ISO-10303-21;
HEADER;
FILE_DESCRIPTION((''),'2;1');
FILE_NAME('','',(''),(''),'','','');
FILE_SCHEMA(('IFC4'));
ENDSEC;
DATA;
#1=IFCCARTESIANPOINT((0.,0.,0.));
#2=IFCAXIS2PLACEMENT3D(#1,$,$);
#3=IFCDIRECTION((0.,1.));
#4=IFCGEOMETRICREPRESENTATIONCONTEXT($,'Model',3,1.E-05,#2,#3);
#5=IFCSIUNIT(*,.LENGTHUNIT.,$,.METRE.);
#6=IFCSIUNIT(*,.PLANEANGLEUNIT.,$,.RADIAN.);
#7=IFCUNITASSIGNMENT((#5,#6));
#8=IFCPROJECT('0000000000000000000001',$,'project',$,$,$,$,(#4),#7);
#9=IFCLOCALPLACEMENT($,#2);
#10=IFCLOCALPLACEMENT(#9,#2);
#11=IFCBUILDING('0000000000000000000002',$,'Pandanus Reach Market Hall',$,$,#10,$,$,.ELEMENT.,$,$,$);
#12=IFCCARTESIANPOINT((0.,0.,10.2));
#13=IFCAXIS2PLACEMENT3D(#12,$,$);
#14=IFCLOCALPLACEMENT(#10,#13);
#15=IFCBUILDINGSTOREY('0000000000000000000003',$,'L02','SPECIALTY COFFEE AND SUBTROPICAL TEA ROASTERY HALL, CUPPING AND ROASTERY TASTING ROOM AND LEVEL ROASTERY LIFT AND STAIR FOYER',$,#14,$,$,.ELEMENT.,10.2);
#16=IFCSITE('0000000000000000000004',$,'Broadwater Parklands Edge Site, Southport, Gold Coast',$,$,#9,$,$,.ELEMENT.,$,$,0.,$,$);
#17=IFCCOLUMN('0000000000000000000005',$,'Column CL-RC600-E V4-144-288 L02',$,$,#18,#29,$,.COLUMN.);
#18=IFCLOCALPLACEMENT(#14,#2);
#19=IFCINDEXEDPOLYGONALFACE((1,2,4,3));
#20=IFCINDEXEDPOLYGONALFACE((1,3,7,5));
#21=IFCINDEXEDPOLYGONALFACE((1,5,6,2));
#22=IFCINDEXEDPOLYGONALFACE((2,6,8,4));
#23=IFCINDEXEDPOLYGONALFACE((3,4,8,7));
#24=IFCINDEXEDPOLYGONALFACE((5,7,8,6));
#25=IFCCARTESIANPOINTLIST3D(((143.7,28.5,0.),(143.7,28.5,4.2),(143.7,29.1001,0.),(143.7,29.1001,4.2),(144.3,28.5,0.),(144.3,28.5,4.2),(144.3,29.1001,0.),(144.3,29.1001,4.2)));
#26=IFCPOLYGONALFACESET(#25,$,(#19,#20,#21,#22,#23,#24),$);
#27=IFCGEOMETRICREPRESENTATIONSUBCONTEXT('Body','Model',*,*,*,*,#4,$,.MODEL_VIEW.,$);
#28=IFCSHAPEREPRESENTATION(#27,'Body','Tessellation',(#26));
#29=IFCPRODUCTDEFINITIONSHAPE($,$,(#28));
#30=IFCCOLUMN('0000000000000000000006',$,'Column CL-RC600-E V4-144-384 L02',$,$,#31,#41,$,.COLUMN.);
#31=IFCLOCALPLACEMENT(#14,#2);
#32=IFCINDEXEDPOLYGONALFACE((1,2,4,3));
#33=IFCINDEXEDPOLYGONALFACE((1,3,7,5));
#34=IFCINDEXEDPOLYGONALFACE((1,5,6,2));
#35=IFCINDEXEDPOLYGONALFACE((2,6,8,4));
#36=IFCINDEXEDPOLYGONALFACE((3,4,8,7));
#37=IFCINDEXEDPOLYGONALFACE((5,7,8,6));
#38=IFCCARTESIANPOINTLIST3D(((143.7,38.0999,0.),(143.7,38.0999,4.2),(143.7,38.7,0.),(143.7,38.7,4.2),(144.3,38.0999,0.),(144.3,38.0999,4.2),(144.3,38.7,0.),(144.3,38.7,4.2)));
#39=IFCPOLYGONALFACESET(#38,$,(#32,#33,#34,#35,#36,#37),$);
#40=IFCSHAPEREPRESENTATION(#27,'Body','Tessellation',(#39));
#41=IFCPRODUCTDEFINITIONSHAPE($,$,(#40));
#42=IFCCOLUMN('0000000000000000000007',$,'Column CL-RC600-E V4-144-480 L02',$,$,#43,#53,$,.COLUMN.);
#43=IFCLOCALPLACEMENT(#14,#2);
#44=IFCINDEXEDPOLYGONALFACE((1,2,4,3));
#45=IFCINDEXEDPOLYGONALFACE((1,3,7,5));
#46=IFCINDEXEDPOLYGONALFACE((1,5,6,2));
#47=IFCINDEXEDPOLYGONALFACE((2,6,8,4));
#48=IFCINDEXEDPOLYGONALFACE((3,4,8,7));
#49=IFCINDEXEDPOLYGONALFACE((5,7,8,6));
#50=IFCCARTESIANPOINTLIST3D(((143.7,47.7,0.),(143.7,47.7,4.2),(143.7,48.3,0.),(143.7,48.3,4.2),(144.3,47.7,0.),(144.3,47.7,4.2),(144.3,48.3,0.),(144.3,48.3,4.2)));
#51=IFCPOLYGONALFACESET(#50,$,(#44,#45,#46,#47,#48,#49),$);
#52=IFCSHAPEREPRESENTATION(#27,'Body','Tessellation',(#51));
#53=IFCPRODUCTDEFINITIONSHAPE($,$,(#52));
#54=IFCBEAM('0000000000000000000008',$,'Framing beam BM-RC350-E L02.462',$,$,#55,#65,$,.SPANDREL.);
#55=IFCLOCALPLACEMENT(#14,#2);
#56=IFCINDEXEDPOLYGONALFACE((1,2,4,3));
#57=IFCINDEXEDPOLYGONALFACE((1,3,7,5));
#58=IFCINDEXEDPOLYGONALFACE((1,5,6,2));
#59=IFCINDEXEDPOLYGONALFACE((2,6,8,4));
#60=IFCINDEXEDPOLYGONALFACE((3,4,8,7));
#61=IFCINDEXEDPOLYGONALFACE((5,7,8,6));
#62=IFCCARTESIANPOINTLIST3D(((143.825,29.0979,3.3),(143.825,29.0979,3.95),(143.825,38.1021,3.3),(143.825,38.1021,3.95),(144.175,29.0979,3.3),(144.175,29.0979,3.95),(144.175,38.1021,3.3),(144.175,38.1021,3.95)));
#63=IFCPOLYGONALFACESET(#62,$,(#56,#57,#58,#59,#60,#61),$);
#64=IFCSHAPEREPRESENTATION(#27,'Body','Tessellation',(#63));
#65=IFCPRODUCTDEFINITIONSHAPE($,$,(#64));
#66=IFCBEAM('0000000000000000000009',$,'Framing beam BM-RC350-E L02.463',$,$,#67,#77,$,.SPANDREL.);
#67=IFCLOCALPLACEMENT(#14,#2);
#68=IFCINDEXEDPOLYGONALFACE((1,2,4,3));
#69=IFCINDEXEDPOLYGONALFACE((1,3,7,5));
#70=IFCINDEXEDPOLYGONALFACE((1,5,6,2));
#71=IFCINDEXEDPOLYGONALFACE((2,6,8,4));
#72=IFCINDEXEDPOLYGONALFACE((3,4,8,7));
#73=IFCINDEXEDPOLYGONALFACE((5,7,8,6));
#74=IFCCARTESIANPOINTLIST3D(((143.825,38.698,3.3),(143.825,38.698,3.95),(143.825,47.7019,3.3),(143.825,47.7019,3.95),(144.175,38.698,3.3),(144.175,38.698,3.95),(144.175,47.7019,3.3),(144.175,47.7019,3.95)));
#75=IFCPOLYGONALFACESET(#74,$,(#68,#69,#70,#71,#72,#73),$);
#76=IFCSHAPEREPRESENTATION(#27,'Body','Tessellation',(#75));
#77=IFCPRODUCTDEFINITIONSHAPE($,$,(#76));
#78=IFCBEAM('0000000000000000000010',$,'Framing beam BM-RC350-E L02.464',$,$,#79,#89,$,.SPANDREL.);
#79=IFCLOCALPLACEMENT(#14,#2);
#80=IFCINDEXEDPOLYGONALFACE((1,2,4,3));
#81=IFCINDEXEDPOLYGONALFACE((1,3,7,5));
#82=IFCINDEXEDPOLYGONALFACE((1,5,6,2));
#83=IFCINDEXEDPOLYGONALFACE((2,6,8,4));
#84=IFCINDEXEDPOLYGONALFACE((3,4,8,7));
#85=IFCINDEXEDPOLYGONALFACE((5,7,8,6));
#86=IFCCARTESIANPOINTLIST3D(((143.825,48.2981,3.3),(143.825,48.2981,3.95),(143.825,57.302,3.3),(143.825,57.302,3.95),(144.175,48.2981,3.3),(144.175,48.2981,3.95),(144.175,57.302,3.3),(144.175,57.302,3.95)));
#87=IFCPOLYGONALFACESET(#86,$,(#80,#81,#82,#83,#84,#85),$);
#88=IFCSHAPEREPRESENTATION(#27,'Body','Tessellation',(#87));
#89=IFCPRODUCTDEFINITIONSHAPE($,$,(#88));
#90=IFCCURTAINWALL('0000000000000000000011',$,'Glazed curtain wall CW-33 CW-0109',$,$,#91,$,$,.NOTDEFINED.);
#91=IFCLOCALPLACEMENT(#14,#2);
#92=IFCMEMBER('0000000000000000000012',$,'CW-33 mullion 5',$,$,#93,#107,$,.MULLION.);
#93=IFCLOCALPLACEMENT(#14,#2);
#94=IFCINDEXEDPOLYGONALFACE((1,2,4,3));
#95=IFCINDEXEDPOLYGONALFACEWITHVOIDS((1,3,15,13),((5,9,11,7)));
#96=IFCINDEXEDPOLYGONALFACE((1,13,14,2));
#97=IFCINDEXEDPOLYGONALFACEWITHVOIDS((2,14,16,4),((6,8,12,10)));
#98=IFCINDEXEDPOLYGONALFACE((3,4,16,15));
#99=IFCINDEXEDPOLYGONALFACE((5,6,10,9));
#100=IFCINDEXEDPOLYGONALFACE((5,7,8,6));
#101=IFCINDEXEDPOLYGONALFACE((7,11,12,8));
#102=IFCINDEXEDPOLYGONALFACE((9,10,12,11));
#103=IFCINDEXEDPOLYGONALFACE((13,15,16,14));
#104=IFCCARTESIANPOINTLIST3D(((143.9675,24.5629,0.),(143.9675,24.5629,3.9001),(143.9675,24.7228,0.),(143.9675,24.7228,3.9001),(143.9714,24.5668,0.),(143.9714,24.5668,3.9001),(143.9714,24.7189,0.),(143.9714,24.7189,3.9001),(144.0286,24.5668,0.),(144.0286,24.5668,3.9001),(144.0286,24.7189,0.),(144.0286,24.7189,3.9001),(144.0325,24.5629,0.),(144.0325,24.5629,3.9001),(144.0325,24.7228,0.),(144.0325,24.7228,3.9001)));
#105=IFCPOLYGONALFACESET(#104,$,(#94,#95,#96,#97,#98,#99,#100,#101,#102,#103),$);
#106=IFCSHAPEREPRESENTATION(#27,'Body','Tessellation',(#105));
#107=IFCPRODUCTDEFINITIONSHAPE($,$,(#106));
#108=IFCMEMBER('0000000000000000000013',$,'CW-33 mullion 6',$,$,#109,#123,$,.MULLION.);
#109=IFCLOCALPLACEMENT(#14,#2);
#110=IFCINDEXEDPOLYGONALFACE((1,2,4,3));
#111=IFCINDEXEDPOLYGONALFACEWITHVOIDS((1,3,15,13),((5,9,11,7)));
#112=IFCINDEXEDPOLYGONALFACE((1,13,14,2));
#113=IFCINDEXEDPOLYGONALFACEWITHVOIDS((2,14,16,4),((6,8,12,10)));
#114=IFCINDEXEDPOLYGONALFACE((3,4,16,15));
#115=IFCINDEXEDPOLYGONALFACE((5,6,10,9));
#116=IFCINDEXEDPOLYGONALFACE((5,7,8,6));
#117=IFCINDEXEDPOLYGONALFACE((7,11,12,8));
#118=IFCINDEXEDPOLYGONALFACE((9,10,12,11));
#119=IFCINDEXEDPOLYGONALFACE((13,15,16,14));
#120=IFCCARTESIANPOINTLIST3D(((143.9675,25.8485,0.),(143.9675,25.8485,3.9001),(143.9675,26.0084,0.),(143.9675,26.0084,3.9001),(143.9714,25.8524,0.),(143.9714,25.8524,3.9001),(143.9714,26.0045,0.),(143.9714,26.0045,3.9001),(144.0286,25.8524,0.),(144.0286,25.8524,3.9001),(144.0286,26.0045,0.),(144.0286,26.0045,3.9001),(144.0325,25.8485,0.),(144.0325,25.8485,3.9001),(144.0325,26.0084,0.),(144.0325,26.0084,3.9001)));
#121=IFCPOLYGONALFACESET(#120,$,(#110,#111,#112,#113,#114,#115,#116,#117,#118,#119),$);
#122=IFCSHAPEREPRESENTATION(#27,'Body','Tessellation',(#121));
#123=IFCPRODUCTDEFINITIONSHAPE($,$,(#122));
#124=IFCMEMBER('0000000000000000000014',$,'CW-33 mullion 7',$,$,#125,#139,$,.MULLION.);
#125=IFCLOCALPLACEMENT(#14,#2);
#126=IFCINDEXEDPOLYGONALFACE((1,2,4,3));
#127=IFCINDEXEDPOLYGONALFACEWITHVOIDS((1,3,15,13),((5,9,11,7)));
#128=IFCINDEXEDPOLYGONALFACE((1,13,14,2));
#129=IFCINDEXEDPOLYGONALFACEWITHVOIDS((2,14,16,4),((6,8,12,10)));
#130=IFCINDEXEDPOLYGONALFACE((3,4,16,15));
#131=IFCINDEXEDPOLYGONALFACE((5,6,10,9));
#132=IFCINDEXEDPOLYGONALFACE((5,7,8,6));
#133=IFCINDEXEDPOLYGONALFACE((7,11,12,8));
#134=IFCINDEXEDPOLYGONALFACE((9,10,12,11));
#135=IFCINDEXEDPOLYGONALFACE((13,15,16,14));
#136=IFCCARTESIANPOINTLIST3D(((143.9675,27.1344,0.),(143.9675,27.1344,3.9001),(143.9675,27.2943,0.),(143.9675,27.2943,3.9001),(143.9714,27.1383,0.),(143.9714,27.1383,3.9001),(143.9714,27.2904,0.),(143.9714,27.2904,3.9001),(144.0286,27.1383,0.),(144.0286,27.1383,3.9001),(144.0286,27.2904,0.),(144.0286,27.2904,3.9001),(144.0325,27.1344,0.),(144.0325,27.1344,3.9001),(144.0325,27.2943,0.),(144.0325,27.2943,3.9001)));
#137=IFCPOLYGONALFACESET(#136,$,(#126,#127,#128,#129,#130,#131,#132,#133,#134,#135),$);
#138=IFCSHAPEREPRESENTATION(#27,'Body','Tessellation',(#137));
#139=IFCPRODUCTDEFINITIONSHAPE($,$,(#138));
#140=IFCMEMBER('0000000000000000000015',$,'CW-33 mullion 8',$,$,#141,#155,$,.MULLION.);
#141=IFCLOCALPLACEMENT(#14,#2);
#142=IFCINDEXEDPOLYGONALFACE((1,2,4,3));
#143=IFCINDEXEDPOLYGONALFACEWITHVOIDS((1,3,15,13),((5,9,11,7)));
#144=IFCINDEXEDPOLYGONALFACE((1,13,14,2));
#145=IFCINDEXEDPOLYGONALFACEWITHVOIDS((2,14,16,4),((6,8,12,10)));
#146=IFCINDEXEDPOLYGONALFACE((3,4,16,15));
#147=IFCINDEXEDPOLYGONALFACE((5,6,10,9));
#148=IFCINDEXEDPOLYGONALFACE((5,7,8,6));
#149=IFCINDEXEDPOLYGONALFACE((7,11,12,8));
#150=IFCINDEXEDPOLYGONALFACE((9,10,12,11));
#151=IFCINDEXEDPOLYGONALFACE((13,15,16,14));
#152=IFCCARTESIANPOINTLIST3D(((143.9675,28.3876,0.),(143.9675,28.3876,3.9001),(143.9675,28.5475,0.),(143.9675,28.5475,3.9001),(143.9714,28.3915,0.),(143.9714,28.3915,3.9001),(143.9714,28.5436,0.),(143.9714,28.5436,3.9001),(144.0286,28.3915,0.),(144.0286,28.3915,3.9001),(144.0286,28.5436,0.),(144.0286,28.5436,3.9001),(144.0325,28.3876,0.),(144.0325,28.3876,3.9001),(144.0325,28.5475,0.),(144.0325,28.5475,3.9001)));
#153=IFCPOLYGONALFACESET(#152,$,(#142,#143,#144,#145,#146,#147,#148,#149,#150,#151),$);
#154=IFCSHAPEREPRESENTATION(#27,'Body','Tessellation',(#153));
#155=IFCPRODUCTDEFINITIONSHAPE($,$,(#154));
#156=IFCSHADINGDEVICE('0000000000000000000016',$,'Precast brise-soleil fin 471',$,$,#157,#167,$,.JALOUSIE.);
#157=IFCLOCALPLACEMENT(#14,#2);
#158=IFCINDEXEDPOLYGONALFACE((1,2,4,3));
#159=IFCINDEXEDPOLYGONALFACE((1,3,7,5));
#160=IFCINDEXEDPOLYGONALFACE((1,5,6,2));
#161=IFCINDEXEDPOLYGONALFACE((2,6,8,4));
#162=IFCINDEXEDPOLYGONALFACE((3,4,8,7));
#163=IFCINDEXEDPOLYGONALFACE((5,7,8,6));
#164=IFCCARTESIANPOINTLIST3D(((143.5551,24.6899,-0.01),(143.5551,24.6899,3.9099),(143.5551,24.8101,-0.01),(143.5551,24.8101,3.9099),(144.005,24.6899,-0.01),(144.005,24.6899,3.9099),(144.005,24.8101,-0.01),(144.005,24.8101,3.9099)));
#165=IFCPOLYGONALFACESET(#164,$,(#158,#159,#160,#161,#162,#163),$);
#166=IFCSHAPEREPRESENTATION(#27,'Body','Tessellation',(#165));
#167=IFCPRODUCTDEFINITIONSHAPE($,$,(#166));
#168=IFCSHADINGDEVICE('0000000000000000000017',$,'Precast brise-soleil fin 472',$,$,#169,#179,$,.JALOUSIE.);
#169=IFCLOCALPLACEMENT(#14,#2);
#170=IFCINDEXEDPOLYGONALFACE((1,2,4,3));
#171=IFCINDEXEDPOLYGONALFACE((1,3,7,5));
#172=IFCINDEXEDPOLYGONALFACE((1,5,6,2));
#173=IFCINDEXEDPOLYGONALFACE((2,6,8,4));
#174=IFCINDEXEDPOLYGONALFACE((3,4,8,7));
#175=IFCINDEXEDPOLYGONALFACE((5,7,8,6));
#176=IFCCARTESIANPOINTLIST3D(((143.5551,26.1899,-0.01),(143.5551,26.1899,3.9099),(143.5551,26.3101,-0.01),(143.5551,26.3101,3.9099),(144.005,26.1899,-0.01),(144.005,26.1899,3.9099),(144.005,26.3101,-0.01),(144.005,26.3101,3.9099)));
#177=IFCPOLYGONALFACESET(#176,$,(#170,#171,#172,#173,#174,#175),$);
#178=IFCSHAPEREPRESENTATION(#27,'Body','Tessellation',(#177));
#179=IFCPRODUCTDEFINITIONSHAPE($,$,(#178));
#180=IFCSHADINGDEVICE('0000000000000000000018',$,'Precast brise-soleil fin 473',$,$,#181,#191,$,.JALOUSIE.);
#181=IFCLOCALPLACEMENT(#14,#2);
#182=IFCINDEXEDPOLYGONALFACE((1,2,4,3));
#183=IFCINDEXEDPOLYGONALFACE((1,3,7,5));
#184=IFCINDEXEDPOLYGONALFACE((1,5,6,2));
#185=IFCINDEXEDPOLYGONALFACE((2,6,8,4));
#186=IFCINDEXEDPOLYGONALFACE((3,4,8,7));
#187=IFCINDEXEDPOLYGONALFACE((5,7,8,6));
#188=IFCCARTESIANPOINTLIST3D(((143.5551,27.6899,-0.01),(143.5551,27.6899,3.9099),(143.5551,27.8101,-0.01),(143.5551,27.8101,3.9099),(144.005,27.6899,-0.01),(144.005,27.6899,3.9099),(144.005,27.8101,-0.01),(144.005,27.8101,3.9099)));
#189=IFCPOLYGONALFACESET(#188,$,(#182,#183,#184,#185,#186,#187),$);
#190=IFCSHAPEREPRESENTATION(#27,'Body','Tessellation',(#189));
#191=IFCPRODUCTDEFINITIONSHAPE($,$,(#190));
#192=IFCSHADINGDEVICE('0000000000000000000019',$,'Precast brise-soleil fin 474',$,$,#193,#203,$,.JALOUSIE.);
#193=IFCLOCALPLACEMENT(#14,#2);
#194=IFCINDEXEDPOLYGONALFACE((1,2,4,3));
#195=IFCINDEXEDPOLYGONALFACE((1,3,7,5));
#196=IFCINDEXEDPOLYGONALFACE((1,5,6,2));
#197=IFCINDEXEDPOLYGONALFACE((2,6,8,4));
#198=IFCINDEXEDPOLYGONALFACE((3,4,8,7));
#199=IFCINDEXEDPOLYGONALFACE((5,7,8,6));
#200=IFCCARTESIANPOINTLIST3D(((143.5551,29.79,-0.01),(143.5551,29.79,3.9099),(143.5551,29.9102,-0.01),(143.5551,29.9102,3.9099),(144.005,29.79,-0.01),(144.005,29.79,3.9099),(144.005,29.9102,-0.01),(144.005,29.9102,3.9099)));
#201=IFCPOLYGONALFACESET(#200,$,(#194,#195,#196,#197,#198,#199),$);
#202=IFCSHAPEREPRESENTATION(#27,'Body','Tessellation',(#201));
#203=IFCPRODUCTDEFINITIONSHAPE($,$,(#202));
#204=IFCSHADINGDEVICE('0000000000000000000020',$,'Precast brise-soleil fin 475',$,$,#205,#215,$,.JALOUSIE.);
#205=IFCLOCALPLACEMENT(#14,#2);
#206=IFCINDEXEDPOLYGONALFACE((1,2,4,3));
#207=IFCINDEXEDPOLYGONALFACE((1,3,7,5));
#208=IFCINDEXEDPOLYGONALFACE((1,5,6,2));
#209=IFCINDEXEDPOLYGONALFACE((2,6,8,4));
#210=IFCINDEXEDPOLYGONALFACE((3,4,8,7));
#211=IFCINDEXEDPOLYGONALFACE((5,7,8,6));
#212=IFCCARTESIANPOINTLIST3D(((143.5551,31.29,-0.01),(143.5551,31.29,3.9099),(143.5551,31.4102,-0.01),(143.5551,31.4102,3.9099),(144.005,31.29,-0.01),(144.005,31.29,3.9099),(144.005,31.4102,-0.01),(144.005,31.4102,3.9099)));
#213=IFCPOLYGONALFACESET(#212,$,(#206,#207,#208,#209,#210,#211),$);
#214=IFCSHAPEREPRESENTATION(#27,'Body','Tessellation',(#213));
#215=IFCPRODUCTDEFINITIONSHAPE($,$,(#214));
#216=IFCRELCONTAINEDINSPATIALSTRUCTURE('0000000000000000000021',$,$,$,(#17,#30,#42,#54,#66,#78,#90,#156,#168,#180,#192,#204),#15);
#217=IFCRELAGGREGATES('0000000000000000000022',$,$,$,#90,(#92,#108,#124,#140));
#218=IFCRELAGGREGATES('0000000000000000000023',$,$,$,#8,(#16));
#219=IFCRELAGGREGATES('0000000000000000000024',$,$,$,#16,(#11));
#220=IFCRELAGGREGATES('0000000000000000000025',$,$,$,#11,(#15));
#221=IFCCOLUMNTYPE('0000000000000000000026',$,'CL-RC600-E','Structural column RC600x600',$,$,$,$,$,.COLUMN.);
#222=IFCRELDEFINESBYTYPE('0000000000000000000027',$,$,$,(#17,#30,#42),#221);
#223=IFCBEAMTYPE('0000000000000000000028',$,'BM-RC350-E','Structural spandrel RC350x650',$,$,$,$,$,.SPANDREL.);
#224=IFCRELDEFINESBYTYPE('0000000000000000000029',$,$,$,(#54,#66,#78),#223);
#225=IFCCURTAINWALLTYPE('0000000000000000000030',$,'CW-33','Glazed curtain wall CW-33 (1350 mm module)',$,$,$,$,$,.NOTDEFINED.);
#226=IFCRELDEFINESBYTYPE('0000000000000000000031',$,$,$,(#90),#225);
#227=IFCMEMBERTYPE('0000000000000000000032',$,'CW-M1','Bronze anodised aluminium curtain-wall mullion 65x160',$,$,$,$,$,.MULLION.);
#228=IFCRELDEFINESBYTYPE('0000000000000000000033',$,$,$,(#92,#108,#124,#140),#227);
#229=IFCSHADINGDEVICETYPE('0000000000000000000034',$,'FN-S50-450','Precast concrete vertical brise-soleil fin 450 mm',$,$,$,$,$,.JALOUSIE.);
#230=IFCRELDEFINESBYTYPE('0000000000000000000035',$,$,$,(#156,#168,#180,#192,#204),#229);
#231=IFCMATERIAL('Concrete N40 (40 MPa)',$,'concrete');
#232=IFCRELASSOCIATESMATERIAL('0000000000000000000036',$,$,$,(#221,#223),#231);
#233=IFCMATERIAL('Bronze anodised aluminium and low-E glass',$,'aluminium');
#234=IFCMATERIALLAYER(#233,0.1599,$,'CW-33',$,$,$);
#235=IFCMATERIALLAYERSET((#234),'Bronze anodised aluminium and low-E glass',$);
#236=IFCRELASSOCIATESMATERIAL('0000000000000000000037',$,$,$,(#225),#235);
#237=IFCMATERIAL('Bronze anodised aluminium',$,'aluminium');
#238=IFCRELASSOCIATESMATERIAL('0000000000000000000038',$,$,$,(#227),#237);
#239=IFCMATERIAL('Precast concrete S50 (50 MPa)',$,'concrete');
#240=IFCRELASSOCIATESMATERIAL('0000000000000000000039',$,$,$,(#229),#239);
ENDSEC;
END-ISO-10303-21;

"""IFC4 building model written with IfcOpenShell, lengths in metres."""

from ifc_helpers import new_model, si_unit, direction, frame, origin, origin_2d, place, context, subcontext, project, spatial, rectangle, hollow_rectangle, extrude, material, layer, layer_set, material_profile, profile_set, type_object, element, aggregate, save


model = new_model("IFC4")

# Units and contexts
model_context = context("Model", 3, precision=1e-05, world=origin(), true_north=direction((0.0, 1.0)))
body_context = subcontext(model_context, "Body", "Model", "MODEL_VIEW")
ifc_project = project(units=[si_unit("LENGTHUNIT", "METRE"), si_unit("PLANEANGLEUNIT", "RADIAN")], contexts=[model_context])

# Site, building, storey
site_placement = place(None, origin())
site = spatial("IfcSite", under=ifc_project, at=site_placement, Name="Broadwater Parklands Edge Site, Southport, Gold Coast", CompositionType="ELEMENT", RefElevation=0.0)
building_placement = place(site_placement, origin())
building = spatial("IfcBuilding", under=site, at=building_placement, Name="Pandanus Reach Market Hall", CompositionType="ELEMENT")
storey_placement = place(building_placement, frame((0.0, 0.0, 10.2)))
storey = spatial("IfcBuildingStorey", under=building, at=storey_placement, Name="L02", Description="SPECIALTY COFFEE AND SUBTROPICAL TEA ROASTERY HALL, CUPPING AND ROASTERY TASTING ROOM AND LEVEL ROASTERY LIFT AND STAIR FOYER", CompositionType="ELEMENT", Elevation=10.2)

# Columns
ifc_material_1 = material(Name="Concrete N40 (40 MPa)", Category="concrete")
ifc_material_profile_1 = material_profile(ifc_material_1, rectangle(XDim=0.6001, YDim=0.6001, at=origin_2d()), Name="RC600x600", Category="LoadBearing")
ifc_profile_set_1 = profile_set([ifc_material_profile_1], Name="Concrete N40 (40 MPa)")
column_type = type_object("IfcColumnType", Name="CL-RC600-E", Description="Structural column RC600x600", PredefinedType="COLUMN", material=ifc_profile_set_1)
for number, where, z_axis, x_axis, name in (
    (1, (144.0, 28.8, 0.0), (0.0, 0.0, 1.0), (1.0, 0.0, 0.0), "Column CL-RC600-E V4-144-288 L02"),
    (2, (144.0, 38.3999, 0.0), (0.0, 0.0, 1.0), (1.0, 0.0, 0.0), "Column CL-RC600-E V4-144-384 L02"),
    (3, (144.0, 48.0, 0.0), (0.0, 0.0, 1.0), (1.0, 0.0, 0.0), "Column CL-RC600-E V4-144-480 L02"),
):
    element("IfcColumn", number, at=place(storey_placement, frame(where, z_axis=z_axis, x_axis=x_axis)), inside=storey, type_object=column_type, Name=name, PredefinedType="COLUMN", context=body_context, shape_type="SweptSolid", body=[
        extrude(rectangle(XDim=0.6001, YDim=0.6001, at=origin_2d()), origin(), (0.0, 0.0, 1.0), 4.2),
    ])

# Beams
ifc_material_profile_2 = material_profile(ifc_material_1, rectangle(XDim=0.3501, YDim=0.6499, at=origin_2d()), Name="RC350x650", Category="LoadBearing")
ifc_profile_set_2 = profile_set([ifc_material_profile_2], Name="Concrete N40 (40 MPa)")
beam_type = type_object("IfcBeamType", Name="BM-RC350-E", Description="Structural spandrel RC350x650", PredefinedType="SPANDREL", material=ifc_profile_set_2)
beam_placement = place(storey_placement, frame((144.0, 29.0979, 3.625), z_axis=(0.0, 1.0, 0.0), x_axis=(-1.0, 0.0, 0.0)))
element("IfcBeam", 4, at=beam_placement, inside=storey, type_object=beam_type, Name="Framing beam BM-RC350-E L02.462", PredefinedType="SPANDREL", context=body_context, shape_type="SweptSolid", body=[
    extrude(rectangle(XDim=0.3501, YDim=0.6499, at=origin_2d()), origin(), (0.0, 0.0, 1.0), 9.0042),
])
for number, where, z_axis, x_axis, name in (
    (5, (144.0, 38.698, 3.625), (0.0, 1.0, 0.0), (-1.0, 0.0, 0.0), "Framing beam BM-RC350-E L02.463"),
    (6, (144.0, 48.2981, 3.625), (0.0, 1.0, 0.0), (-1.0, 0.0, 0.0), "Framing beam BM-RC350-E L02.464"),
):
    element("IfcBeam", number, at=place(storey_placement, frame(where, z_axis=z_axis, x_axis=x_axis)), inside=storey, type_object=beam_type, Name=name, PredefinedType="SPANDREL", context=body_context, shape_type="SweptSolid", body=[
        extrude(rectangle(XDim=0.3501, YDim=0.6499, at=origin_2d()), origin(), (0.0, 0.0, 1.0), 9.0039),
    ])

# Curtain wall, members
ifc_material_2 = material(Name="Bronze anodised aluminium and low-E glass", Category="aluminium")
ifc_layer = layer(ifc_material_2, 0.1599, Name="CW-33")
ifc_layer_set = layer_set([ifc_layer], Name="Bronze anodised aluminium and low-E glass")
curtain_wall_type = type_object("IfcCurtainWallType", Name="CW-33", Description="Glazed curtain wall CW-33 (1350 mm module)", PredefinedType="NOTDEFINED", material=ifc_layer_set)
curtain_wall_placement = place(storey_placement, origin())
curtain_wall = element("IfcCurtainWall", 7, at=curtain_wall_placement, inside=storey, type_object=curtain_wall_type, Name="Glazed curtain wall CW-33 CW-0109", PredefinedType="NOTDEFINED")
ifc_material_3 = material(Name="Bronze anodised aluminium", Category="aluminium")
ifc_material_profile_3 = material_profile(ifc_material_3, hollow_rectangle(XDim=0.0649, YDim=0.1599, WallThickness=0.0039, at=origin_2d()), Name="ALU65x160", Category="LoadBearing")
ifc_profile_set_3 = profile_set([ifc_material_profile_3], Name="Bronze anodised aluminium")
member_type = type_object("IfcMemberType", Name="CW-M1", Description="Bronze anodised aluminium curtain-wall mullion 65x160", PredefinedType="MULLION", material=ifc_profile_set_3)
member_1_placement = place(storey_placement, frame((144.0, 24.6428, 0.0), z_axis=(0.0, 0.0, 1.0), x_axis=(-1.0, 0.0, 0.0)))
member_1 = element("IfcMember", 8, at=member_1_placement, type_object=member_type, Name="CW-33 mullion 5", PredefinedType="MULLION", context=body_context, shape_type="SweptSolid", body=[
    extrude(hollow_rectangle(XDim=0.0649, YDim=0.1599, WallThickness=0.0039, at=origin_2d()), origin(), (0.0, 0.0, 1.0), 3.9001),
])
member_2_placement = place(storey_placement, frame((144.0, 25.9285, 0.0), z_axis=(0.0, 0.0, 1.0), x_axis=(-1.0, 0.0, 0.0)))
member_2 = element("IfcMember", 9, at=member_2_placement, type_object=member_type, Name="CW-33 mullion 6", PredefinedType="MULLION", context=body_context, shape_type="SweptSolid", body=[
    extrude(hollow_rectangle(XDim=0.0649, YDim=0.1599, WallThickness=0.0039, at=origin_2d()), origin(), (0.0, 0.0, 1.0), 3.9001),
])
member_3_placement = place(storey_placement, frame((144.0, 27.2144, 0.0), z_axis=(0.0, 0.0, 1.0), x_axis=(-1.0, 0.0, 0.0)))
member_3 = element("IfcMember", 10, at=member_3_placement, type_object=member_type, Name="CW-33 mullion 7", PredefinedType="MULLION", context=body_context, shape_type="SweptSolid", body=[
    extrude(hollow_rectangle(XDim=0.0649, YDim=0.1599, WallThickness=0.0039, at=origin_2d()), origin(), (0.0, 0.0, 1.0), 3.9001),
])
member_4_placement = place(storey_placement, frame((144.0, 28.4675, 0.0), z_axis=(0.0, 0.0, 1.0), x_axis=(-1.0, 0.0, 0.0)))
member_4 = element("IfcMember", 11, at=member_4_placement, type_object=member_type, Name="CW-33 mullion 8", PredefinedType="MULLION", context=body_context, shape_type="SweptSolid", body=[
    extrude(hollow_rectangle(XDim=0.0649, YDim=0.1599, WallThickness=0.0039, at=origin_2d()), origin(), (0.0, 0.0, 1.0), 3.9001),
])
aggregate(curtain_wall, [member_1, member_2, member_3, member_4])

# Shading devices
ifc_material_4 = material(Name="Precast concrete S50 (50 MPa)", Category="concrete")
shading_device_type = type_object("IfcShadingDeviceType", Name="FN-S50-450", Description="Precast concrete vertical brise-soleil fin 450 mm", PredefinedType="JALOUSIE", material=ifc_material_4)
for number, where, z_axis, x_axis, name in (
    (12, (143.78, 24.75, -0.01), (0.0, 0.0, 1.0), (-1.0, 0.0, 0.0), "Precast brise-soleil fin 471"),
    (13, (143.78, 26.25, -0.01), (0.0, 0.0, 1.0), (-1.0, 0.0, 0.0), "Precast brise-soleil fin 472"),
    (14, (143.78, 27.75, -0.01), (0.0, 0.0, 1.0), (-1.0, 0.0, 0.0), "Precast brise-soleil fin 473"),
    (15, (143.78, 29.8501, -0.01), (0.0, 0.0, 1.0), (-1.0, 0.0, 0.0), "Precast brise-soleil fin 474"),
    (16, (143.78, 31.3501, -0.01), (0.0, 0.0, 1.0), (-1.0, 0.0, 0.0), "Precast brise-soleil fin 475"),
):
    element("IfcShadingDevice", number, at=place(storey_placement, frame(where, z_axis=z_axis, x_axis=x_axis)), inside=storey, type_object=shading_device_type, Name=name, PredefinedType="JALOUSIE", context=body_context, shape_type="SweptSolid", body=[
        extrude(rectangle(XDim=0.45, YDim=0.1201, at=origin_2d()), origin(), (0.0, 0.0, 1.0), 3.9199),
    ])

save(model, "model.ifc")
